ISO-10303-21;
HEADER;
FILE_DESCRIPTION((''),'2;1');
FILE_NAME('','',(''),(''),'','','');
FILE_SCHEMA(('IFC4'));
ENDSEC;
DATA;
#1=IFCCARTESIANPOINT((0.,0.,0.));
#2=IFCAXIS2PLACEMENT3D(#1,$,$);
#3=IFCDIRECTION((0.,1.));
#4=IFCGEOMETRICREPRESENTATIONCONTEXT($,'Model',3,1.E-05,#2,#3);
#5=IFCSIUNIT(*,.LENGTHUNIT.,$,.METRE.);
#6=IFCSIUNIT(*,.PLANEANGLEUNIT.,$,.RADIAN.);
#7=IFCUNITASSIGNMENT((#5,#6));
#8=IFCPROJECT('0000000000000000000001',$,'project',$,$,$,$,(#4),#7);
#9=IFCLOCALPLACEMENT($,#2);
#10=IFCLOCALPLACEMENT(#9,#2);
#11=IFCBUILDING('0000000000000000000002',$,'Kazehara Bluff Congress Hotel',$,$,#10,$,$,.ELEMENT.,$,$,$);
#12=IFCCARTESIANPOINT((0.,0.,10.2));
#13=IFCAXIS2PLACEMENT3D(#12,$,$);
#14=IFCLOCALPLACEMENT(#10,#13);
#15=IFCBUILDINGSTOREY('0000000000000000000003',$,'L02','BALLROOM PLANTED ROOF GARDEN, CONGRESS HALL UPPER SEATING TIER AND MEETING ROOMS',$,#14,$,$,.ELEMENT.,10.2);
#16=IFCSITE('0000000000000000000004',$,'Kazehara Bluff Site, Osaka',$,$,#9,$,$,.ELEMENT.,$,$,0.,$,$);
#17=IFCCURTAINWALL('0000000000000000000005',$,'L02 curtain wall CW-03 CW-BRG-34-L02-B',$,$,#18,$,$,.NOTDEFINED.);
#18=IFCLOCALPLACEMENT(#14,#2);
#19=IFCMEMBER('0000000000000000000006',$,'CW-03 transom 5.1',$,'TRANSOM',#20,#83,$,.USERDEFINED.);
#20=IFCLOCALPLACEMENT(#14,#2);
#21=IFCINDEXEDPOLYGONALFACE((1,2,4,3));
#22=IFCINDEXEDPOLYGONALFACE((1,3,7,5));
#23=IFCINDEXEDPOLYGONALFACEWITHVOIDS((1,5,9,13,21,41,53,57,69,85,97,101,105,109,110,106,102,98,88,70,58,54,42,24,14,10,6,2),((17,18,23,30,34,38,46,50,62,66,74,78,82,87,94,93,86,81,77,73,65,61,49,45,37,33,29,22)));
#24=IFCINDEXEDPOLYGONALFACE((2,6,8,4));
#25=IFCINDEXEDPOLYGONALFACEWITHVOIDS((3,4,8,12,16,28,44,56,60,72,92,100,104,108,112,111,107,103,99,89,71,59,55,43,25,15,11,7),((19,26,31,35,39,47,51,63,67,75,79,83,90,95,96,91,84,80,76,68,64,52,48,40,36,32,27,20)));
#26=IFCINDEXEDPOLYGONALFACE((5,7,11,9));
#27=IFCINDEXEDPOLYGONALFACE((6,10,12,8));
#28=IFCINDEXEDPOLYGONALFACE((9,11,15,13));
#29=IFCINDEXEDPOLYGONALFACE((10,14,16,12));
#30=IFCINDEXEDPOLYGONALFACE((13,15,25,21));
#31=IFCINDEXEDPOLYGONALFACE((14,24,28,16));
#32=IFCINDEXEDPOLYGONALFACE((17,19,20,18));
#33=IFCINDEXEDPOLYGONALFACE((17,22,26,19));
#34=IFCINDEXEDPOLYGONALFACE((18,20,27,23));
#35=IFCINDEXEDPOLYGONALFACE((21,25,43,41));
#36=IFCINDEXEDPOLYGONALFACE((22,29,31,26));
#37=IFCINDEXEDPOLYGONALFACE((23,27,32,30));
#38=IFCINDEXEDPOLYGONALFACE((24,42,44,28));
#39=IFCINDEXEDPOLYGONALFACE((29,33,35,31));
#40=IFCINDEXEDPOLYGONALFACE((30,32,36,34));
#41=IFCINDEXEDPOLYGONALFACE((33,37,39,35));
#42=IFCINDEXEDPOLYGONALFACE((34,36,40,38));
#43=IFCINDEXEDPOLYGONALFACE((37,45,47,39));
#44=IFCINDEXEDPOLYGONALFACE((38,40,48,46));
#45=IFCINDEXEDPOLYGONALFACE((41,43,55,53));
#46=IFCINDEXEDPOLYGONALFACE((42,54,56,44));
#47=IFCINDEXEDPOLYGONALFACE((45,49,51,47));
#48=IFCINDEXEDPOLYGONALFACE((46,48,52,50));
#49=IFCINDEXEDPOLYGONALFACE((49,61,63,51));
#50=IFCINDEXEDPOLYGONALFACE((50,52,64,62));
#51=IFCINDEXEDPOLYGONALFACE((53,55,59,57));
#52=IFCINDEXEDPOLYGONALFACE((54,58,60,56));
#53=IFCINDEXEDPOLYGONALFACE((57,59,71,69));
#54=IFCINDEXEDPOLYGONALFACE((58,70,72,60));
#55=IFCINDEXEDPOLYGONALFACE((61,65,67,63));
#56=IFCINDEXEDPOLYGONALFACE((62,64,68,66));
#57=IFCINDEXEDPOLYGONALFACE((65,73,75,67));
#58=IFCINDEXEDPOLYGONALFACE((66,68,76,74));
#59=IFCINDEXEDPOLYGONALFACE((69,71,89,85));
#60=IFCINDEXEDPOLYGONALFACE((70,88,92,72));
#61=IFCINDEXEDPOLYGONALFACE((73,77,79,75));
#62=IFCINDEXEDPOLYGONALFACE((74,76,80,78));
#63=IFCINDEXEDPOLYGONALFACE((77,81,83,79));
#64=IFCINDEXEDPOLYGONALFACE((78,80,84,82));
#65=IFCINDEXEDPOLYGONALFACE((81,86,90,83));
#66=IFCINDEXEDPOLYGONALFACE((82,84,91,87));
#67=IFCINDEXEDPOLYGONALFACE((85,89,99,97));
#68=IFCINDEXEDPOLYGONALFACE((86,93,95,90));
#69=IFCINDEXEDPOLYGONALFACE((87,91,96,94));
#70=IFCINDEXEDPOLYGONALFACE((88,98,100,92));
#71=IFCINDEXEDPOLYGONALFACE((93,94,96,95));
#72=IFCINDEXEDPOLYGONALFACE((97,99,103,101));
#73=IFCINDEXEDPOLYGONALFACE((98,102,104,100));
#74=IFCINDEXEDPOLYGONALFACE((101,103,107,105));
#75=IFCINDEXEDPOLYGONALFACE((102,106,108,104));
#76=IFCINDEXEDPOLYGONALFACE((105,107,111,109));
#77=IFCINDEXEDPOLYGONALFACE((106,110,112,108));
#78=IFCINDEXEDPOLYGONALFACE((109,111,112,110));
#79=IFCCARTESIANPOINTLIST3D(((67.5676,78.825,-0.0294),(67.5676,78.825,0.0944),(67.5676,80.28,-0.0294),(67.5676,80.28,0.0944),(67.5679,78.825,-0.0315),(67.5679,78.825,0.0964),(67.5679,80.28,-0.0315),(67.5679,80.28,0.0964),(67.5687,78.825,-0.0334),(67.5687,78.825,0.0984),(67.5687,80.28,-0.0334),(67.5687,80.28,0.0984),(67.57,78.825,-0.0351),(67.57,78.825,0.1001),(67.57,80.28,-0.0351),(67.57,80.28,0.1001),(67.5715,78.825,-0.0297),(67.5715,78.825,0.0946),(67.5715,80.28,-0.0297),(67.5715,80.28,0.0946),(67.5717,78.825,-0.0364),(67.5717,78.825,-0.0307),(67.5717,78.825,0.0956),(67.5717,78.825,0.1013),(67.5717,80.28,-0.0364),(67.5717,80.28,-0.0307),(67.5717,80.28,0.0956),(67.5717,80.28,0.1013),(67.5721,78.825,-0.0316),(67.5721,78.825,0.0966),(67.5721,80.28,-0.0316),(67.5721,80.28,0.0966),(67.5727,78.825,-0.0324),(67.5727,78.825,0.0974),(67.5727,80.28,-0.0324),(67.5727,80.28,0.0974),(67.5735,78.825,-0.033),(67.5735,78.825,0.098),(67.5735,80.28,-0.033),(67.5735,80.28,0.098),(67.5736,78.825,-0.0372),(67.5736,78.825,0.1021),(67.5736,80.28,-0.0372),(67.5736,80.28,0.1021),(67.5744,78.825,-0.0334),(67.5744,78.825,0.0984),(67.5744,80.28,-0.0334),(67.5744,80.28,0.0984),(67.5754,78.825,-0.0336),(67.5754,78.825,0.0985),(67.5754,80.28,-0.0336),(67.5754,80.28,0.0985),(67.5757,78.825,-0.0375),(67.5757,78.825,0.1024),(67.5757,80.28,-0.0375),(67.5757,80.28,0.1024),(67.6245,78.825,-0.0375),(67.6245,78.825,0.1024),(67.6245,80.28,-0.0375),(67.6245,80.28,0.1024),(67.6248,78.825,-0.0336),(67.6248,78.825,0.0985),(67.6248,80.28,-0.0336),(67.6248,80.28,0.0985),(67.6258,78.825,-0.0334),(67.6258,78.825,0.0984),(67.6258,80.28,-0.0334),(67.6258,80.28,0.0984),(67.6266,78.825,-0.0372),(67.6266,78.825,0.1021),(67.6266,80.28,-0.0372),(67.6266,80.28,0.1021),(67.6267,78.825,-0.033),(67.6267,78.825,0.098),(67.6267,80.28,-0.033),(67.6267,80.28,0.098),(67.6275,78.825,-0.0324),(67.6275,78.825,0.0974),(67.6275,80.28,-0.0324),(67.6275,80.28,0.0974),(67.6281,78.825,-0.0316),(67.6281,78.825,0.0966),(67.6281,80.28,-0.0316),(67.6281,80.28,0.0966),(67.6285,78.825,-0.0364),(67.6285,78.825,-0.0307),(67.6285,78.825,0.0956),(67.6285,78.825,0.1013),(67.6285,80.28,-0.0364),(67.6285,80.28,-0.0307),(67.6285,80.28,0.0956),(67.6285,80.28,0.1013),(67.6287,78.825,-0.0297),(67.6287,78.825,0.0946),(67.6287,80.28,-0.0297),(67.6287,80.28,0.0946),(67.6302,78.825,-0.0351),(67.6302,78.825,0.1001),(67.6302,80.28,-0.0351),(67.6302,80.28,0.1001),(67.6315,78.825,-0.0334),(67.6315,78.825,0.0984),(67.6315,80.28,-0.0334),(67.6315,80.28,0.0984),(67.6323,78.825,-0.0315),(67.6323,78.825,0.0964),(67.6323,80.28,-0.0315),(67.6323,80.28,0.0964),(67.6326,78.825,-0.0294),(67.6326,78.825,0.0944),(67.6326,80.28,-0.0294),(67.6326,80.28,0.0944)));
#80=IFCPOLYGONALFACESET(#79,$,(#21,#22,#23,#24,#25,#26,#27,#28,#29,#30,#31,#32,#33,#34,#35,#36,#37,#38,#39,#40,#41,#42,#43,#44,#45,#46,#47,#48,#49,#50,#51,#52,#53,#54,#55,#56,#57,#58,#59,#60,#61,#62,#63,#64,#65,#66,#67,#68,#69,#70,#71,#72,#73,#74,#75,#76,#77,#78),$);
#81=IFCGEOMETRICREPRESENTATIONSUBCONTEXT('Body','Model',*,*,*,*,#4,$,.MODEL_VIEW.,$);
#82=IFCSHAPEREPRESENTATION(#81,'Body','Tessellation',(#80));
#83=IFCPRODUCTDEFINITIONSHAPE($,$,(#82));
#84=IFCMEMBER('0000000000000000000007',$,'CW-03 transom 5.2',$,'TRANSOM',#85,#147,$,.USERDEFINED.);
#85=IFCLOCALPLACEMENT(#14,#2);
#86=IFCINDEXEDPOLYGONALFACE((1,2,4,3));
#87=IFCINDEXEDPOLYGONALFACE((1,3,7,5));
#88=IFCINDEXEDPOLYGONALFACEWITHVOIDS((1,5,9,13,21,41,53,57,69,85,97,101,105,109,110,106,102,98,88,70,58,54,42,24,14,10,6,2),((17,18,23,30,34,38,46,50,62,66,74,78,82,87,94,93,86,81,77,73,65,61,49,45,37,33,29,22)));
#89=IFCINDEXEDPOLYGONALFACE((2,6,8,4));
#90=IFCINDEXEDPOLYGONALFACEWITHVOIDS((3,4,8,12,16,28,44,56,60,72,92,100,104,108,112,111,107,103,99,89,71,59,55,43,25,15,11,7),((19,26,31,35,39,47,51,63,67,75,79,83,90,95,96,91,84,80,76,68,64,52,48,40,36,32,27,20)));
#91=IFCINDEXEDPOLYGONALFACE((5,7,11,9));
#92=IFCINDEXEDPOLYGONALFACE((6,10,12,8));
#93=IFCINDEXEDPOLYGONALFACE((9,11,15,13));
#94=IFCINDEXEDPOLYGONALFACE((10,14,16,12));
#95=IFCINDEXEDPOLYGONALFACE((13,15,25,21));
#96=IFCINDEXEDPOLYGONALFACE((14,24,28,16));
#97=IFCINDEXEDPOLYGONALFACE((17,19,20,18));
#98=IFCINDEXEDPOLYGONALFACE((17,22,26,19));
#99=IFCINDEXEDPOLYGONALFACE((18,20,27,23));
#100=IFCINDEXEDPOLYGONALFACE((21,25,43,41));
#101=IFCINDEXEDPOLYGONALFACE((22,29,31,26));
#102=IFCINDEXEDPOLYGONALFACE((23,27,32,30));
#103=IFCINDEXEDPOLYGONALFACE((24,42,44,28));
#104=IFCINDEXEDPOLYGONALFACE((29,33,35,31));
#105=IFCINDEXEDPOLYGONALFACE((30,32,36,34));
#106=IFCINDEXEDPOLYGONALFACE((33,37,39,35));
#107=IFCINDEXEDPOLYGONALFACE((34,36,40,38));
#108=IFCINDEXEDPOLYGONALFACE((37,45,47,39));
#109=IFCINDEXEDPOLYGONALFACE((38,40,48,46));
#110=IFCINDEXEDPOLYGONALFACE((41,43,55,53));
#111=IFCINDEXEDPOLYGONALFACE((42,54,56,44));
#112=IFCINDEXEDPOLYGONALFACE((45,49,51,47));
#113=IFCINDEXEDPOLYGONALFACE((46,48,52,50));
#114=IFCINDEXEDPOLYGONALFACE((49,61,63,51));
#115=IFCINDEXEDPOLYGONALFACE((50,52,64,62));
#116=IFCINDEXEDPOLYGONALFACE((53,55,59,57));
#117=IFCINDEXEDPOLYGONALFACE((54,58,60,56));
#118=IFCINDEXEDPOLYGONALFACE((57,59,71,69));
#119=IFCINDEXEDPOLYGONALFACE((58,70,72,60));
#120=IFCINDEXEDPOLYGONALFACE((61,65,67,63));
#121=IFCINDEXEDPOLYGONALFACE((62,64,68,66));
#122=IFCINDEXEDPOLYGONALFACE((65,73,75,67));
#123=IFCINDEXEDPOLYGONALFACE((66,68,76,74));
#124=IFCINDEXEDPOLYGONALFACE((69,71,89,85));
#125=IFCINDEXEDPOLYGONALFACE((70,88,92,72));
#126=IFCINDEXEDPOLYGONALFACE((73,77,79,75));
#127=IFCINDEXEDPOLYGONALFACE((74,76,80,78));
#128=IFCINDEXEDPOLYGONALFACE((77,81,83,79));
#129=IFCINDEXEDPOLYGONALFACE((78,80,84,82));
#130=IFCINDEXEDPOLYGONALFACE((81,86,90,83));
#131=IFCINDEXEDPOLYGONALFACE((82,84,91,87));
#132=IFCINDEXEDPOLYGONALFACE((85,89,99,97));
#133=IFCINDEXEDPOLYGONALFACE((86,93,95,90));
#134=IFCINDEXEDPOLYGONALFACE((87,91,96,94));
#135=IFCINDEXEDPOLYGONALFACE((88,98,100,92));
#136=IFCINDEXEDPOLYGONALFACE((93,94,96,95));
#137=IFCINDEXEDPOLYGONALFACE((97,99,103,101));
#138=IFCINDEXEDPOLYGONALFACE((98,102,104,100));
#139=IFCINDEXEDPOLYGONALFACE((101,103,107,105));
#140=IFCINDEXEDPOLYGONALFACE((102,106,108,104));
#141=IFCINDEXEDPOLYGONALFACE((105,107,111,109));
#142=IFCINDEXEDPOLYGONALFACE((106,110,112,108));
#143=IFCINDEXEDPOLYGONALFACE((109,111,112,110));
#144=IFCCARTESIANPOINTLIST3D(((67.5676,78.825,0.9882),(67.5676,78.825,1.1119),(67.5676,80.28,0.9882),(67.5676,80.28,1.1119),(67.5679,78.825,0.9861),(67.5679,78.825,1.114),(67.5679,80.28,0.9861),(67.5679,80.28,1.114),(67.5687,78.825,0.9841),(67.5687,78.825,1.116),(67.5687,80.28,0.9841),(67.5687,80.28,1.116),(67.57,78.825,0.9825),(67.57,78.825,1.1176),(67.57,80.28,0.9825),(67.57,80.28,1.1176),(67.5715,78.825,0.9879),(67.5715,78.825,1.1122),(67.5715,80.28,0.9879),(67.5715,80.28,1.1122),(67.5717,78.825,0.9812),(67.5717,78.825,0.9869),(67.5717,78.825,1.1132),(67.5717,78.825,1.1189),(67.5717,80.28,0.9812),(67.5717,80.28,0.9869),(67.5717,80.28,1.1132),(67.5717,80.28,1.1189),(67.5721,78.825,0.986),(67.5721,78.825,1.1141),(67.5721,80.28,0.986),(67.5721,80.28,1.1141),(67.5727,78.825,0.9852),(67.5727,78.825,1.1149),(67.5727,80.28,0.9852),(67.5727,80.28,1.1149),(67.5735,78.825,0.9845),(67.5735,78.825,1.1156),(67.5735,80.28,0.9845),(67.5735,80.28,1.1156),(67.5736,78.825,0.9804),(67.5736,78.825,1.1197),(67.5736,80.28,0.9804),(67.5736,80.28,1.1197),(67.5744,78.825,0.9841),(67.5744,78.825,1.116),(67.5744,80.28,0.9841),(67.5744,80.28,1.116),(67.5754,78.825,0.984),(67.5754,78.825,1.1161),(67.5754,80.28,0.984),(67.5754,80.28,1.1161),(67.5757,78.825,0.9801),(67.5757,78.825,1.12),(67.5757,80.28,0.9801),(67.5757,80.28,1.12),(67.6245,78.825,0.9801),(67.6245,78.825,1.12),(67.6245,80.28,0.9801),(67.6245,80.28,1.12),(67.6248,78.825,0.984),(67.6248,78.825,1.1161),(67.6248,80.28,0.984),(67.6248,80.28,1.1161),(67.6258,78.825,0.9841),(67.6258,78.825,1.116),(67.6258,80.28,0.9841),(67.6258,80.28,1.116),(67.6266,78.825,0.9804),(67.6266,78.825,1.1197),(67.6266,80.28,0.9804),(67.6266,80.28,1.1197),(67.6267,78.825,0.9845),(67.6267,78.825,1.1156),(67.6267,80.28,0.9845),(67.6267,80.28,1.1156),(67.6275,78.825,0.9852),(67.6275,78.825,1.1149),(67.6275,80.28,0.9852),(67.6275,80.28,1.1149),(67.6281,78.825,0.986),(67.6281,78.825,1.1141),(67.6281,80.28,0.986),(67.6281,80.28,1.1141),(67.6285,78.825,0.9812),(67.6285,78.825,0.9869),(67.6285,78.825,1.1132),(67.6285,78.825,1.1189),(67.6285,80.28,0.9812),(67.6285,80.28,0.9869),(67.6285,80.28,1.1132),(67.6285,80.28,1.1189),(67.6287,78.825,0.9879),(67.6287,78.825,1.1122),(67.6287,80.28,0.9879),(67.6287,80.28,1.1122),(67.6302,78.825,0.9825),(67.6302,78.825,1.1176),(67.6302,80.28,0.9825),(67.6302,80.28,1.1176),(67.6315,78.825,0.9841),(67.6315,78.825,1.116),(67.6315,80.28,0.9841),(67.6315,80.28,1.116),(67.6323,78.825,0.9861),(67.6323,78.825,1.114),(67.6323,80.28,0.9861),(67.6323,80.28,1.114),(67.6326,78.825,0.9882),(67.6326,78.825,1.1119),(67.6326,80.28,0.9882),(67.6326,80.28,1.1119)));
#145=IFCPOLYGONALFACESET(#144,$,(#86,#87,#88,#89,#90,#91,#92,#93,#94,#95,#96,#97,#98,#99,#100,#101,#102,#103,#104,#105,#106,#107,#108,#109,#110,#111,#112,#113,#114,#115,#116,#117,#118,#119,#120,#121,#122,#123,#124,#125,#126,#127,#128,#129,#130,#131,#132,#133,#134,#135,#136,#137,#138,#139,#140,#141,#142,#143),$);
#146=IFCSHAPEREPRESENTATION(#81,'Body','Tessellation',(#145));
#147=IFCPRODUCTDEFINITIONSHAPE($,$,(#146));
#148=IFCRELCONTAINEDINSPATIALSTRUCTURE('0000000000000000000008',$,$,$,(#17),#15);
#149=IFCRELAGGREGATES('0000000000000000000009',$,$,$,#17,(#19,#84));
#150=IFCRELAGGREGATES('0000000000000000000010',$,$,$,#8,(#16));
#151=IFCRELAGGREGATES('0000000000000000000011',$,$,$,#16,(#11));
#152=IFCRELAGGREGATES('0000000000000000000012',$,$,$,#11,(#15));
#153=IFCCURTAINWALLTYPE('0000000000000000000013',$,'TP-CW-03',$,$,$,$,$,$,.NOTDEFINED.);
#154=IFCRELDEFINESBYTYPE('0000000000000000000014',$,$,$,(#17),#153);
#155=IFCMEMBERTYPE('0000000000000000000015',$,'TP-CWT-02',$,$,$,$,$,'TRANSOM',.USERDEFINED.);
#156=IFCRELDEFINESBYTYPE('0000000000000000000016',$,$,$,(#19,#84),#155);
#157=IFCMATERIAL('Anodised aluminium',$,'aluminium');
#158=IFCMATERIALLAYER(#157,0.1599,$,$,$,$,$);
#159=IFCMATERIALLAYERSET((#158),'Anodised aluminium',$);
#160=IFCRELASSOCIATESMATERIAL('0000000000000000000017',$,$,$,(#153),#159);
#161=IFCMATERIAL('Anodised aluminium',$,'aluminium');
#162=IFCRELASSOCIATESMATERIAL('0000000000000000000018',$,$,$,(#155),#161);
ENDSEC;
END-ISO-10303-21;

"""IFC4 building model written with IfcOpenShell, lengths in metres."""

from ifc_helpers import new_model, si_unit, direction, frame, origin, origin_2d, place, context, subcontext, project, spatial, hollow_rectangle, extrude, material, layer, layer_set, material_profile, profile_set, type_object, element, aggregate, save


model = new_model("IFC4")

# Units and contexts
model_context = context("Model", 3, precision=1e-05, world=origin(), true_north=direction((0.0, 1.0)))
body_context = subcontext(model_context, "Body", "Model", "MODEL_VIEW")
ifc_project = project(units=[si_unit("LENGTHUNIT", "METRE"), si_unit("PLANEANGLEUNIT", "RADIAN")], contexts=[model_context])

# Site, building, storey
site_placement = place(None, origin())
site = spatial("IfcSite", under=ifc_project, at=site_placement, Name="Kazehara Bluff Site, Osaka", CompositionType="ELEMENT", RefElevation=0.0)
building_placement = place(site_placement, origin())
building = spatial("IfcBuilding", under=site, at=building_placement, Name="Kazehara Bluff Congress Hotel", CompositionType="ELEMENT")
storey_placement = place(building_placement, frame((0.0, 0.0, 10.2)))
storey = spatial("IfcBuildingStorey", under=building, at=storey_placement, Name="L02", Description="BALLROOM PLANTED ROOF GARDEN, CONGRESS HALL UPPER SEATING TIER AND MEETING ROOMS", CompositionType="ELEMENT", Elevation=10.2)

# Curtain wall
ifc_material_1 = material(Name="Anodised aluminium", Category="aluminium")
ifc_layer_1 = layer(ifc_material_1, 0.1599)
ifc_layer_set_1 = layer_set([ifc_layer_1], Name="Anodised aluminium")
curtain_wall_type_1 = type_object("IfcCurtainWallType", Name="TP-CW-03", PredefinedType="NOTDEFINED", material=ifc_layer_set_1)
curtain_wall_1_placement = place(storey_placement, origin())
curtain_wall_1 = element("IfcCurtainWall", 1, at=curtain_wall_1_placement, inside=storey, type_object=curtain_wall_type_1, Name="L02 curtain wall CW-03 CW-BRG-34-L02-B", PredefinedType="NOTDEFINED")

# Members
ifc_material_2 = material(Name="Anodised aluminium", Category="aluminium")
ifc_material_profile_1 = material_profile(ifc_material_2, hollow_rectangle(XDim=0.0649, YDim=0.1399, WallThickness=0.0039, InnerFilletRadius=0.0039, OuterFilletRadius=0.0081, at=origin_2d()))
ifc_profile_set_1 = profile_set([ifc_material_profile_1], Name="Anodised aluminium")
member_type_1 = type_object("IfcMemberType", Name="TP-CWT-02", ElementType="TRANSOM", PredefinedType="USERDEFINED", material=ifc_profile_set_1)
member_1_placement = place(storey_placement, frame((67.6001, 78.825, 0.0325), z_axis=(0.0, 1.0, 0.0), x_axis=(-1.0, 0.0, 0.0)))
member_1 = element("IfcMember", 2, at=member_1_placement, type_object=member_type_1, Name="CW-03 transom 5.1", ObjectType="TRANSOM", PredefinedType="USERDEFINED", context=body_context, shape_type="SweptSolid", body=[
    extrude(hollow_rectangle(XDim=0.0649, YDim=0.1399, WallThickness=0.0039, InnerFilletRadius=0.0039, OuterFilletRadius=0.0081, at=origin_2d()), origin(), (0.0, 0.0, 1.0), 1.4551),
])
member_2_placement = place(storey_placement, frame((67.6001, 78.825, 1.05), z_axis=(0.0, 1.0, 0.0), x_axis=(-1.0, 0.0, 0.0)))
member_2 = element("IfcMember", 3, at=member_2_placement, type_object=member_type_1, Name="CW-03 transom 5.2", ObjectType="TRANSOM", PredefinedType="USERDEFINED", context=body_context, shape_type="SweptSolid", body=[
    extrude(hollow_rectangle(XDim=0.0649, YDim=0.1399, WallThickness=0.0039, InnerFilletRadius=0.0039, OuterFilletRadius=0.0081, at=origin_2d()), origin(), (0.0, 0.0, 1.0), 1.4551),
])

aggregate(curtain_wall_1, [member_1, member_2])

save(model, "model.ifc")
